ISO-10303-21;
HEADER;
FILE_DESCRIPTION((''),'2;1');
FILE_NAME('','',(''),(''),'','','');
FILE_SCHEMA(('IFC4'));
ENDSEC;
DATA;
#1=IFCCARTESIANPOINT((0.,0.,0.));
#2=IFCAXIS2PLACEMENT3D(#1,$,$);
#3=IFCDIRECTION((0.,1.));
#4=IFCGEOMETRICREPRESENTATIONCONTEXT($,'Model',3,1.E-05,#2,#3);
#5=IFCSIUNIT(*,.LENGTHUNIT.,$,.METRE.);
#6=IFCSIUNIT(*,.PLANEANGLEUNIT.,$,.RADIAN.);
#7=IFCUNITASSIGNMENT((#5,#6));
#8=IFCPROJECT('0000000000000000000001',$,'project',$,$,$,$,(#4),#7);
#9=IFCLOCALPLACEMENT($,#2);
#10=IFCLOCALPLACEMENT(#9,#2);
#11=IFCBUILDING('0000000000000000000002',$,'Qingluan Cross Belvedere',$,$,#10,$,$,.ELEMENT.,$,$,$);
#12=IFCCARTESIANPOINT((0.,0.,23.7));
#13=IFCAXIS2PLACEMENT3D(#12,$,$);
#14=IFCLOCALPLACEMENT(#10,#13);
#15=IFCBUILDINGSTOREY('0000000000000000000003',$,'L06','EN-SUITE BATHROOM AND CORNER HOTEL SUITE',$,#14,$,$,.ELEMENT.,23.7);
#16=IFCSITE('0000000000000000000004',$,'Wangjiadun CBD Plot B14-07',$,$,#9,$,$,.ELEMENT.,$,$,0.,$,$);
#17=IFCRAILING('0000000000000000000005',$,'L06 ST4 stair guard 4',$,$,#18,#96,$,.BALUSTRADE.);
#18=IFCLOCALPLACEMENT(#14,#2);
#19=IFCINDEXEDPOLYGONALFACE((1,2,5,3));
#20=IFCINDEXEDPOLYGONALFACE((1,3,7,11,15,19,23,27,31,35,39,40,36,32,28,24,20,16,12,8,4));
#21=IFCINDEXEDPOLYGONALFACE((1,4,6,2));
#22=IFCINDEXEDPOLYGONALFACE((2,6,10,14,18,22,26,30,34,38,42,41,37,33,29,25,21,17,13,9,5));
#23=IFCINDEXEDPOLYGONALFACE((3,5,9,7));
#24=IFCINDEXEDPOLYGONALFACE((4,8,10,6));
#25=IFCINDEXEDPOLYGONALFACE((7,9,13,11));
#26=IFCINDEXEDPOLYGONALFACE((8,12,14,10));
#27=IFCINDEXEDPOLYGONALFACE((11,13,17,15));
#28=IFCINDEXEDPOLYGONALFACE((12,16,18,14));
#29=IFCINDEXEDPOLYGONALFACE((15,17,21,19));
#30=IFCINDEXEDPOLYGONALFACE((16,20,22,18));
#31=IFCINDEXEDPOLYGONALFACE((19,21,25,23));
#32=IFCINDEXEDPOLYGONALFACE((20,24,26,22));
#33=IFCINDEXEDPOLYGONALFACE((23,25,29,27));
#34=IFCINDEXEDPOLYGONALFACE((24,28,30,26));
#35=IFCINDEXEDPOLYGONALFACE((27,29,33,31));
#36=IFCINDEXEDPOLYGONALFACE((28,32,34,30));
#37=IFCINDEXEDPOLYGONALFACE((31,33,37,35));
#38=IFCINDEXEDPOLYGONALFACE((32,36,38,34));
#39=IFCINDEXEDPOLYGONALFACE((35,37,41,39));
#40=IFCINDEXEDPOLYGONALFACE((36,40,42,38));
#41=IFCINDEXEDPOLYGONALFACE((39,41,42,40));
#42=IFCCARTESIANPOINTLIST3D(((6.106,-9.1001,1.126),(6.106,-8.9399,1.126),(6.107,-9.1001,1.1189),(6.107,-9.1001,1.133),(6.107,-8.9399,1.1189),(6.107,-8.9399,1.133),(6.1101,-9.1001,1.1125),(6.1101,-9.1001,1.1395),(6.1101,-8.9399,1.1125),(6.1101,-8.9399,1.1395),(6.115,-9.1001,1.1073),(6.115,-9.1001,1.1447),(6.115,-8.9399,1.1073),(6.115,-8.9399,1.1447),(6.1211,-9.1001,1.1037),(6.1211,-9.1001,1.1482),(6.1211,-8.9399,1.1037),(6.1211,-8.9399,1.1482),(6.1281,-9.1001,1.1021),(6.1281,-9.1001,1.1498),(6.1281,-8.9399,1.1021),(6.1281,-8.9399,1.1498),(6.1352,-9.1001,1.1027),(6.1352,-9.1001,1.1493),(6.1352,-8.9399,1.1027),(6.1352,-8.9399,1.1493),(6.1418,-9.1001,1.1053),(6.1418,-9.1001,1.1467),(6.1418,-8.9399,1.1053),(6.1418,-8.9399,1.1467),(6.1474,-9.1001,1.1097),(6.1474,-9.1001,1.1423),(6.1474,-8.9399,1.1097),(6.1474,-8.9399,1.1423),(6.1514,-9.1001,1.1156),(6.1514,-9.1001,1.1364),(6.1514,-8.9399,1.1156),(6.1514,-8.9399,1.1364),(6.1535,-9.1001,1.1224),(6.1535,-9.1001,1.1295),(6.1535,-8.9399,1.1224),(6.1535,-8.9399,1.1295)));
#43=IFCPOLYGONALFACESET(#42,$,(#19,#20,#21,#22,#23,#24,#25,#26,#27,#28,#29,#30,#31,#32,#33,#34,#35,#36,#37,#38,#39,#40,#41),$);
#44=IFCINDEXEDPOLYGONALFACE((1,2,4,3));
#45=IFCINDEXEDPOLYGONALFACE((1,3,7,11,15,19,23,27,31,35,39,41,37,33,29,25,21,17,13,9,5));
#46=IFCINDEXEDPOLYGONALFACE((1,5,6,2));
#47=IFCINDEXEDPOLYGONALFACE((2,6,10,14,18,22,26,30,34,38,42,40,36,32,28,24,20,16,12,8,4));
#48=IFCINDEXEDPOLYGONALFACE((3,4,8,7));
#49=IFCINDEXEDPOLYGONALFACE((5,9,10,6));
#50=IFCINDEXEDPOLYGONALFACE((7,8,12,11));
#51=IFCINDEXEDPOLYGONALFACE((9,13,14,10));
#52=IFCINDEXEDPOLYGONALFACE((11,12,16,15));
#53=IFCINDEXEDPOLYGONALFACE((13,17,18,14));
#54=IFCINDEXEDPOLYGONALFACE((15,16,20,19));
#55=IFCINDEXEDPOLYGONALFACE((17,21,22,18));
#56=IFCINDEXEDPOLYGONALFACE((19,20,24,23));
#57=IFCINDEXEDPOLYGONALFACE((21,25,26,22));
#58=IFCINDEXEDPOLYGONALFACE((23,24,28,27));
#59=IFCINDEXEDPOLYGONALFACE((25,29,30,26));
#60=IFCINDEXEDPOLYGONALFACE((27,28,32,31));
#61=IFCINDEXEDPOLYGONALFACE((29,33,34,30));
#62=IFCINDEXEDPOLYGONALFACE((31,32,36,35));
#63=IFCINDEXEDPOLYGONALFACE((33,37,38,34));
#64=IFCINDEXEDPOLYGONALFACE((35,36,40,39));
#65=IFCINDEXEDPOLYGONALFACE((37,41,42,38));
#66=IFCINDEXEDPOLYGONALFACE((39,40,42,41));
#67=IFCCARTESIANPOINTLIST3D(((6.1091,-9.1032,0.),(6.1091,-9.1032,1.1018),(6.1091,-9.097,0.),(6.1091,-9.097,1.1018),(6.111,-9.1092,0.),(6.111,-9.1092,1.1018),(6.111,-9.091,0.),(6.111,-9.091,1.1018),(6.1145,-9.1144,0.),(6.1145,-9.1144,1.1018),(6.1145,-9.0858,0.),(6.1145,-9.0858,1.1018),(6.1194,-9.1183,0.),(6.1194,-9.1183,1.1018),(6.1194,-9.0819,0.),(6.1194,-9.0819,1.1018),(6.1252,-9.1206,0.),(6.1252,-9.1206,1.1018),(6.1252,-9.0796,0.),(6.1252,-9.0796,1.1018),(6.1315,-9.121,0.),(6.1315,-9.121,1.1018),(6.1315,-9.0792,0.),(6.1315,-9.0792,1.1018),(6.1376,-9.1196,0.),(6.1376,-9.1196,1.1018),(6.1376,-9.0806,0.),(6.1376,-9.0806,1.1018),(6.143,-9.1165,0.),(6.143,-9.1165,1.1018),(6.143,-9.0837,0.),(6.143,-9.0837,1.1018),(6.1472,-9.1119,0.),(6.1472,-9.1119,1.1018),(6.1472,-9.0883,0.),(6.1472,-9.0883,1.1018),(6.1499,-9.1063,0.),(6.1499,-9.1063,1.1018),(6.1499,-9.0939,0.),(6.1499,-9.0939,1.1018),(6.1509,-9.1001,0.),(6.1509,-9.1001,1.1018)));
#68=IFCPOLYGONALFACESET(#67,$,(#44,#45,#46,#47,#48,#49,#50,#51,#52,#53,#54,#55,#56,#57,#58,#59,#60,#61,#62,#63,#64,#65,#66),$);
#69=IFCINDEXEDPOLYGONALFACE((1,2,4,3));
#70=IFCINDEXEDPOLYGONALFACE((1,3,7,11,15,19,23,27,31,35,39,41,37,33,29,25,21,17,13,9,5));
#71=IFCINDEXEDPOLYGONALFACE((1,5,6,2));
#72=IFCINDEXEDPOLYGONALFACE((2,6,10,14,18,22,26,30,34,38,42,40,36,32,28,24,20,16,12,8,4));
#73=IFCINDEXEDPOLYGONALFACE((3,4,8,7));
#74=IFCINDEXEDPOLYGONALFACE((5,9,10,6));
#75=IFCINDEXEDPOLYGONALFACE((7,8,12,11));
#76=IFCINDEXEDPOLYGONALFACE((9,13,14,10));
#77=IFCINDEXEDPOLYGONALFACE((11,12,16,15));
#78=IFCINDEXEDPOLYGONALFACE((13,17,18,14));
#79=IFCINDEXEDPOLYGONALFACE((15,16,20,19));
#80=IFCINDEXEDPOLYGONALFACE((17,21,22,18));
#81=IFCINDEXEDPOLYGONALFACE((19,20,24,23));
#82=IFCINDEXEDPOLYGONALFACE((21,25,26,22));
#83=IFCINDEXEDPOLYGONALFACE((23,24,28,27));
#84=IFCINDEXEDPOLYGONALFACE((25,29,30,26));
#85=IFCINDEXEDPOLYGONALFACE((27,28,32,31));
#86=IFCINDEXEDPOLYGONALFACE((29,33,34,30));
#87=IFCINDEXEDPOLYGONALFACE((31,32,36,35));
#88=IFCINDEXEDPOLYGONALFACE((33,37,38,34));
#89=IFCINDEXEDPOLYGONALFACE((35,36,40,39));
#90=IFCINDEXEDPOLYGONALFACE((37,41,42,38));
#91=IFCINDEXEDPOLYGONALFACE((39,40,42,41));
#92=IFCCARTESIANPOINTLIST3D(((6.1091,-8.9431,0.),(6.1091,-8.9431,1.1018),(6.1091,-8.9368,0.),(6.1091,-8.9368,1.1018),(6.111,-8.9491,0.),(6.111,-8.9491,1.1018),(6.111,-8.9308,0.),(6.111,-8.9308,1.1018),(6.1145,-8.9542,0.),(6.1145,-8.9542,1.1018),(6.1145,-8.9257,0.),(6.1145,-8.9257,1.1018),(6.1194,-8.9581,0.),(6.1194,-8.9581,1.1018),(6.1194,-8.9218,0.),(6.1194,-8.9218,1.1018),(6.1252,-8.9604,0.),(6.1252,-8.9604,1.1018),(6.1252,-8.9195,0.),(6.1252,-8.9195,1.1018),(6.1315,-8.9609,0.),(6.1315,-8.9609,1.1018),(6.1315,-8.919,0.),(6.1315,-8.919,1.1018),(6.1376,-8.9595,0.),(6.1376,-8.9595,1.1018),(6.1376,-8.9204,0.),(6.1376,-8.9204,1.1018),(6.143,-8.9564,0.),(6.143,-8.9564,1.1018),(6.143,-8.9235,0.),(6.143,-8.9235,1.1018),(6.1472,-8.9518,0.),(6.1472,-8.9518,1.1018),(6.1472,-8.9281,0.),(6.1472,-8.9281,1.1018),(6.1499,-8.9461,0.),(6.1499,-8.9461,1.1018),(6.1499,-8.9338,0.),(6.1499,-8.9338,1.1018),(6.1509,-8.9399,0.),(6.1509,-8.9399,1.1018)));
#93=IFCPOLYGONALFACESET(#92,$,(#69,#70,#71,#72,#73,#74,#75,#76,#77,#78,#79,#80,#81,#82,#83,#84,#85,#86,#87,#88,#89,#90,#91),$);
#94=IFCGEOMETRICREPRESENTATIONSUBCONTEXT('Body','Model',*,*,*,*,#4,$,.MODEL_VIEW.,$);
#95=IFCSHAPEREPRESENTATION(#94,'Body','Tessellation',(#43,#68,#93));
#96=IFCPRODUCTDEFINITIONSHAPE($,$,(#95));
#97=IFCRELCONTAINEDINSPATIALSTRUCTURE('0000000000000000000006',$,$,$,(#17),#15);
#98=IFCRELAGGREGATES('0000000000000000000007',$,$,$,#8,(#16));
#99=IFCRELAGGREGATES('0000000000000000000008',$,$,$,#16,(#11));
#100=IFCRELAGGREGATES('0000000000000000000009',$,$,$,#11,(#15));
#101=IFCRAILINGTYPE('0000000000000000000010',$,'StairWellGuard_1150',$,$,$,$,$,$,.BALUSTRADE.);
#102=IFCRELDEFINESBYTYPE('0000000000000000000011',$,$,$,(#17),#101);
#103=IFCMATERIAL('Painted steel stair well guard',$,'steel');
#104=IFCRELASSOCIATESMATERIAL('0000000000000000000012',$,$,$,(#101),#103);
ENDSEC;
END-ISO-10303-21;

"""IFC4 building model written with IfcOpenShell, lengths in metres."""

from ifc_helpers import new_model, si_unit, direction, frame, origin, origin_2d, place, context, subcontext, project, spatial, circle, extrude, material, type_object, element, save


model = new_model("IFC4")

# Units and contexts
model_context = context("Model", 3, precision=1e-05, world=origin(), true_north=direction((0.0, 1.0)))
body_context = subcontext(model_context, "Body", "Model", "MODEL_VIEW")
ifc_project = project(units=[si_unit("LENGTHUNIT", "METRE"), si_unit("PLANEANGLEUNIT", "RADIAN")], contexts=[model_context])

# Site, building, storey
site_placement = place(None, origin())
site = spatial("IfcSite", under=ifc_project, at=site_placement, Name="Wangjiadun CBD Plot B14-07", CompositionType="ELEMENT", RefElevation=0.0)
building_placement = place(site_placement, origin())
building = spatial("IfcBuilding", under=site, at=building_placement, Name="Qingluan Cross Belvedere", CompositionType="ELEMENT")
storey_placement = place(building_placement, frame((0.0, 0.0, 23.7)))
storey = spatial("IfcBuildingStorey", under=building, at=storey_placement, Name="L06", Description="EN-SUITE BATHROOM AND CORNER HOTEL SUITE", CompositionType="ELEMENT", Elevation=23.7)

# Railing
ifc_material_1 = material(Name="Painted steel stair well guard", Category="steel")
railing_type_1 = type_object("IfcRailingType", Name="StairWellGuard_1150", PredefinedType="BALUSTRADE", material=ifc_material_1)
railing_1_placement = place(storey_placement, frame((6.1299, -9.1001, 0.0)))
element("IfcRailing", 1, at=railing_1_placement, inside=storey, type_object=railing_type_1, Name="L06 ST4 stair guard 4", PredefinedType="BALUSTRADE", context=body_context, shape_type="SweptSolid", body=[
    extrude(circle(Radius=0.0239, at=origin_2d()), frame((0.0, 0.0, 1.126), z_axis=(0.0, 1.0, 0.0), x_axis=(-1.0, 0.0, 0.0)), (0.0, 0.0, 1.0), 0.1602),
    extrude(circle(Radius=0.021, at=origin_2d()), origin(), (0.0, 0.0, 1.0), 1.1018),
    extrude(circle(Radius=0.021, at=origin_2d()), frame((0.0, 0.1602, 0.0)), (0.0, 0.0, 1.0), 1.1018),
])

save(model, "model.ifc")
